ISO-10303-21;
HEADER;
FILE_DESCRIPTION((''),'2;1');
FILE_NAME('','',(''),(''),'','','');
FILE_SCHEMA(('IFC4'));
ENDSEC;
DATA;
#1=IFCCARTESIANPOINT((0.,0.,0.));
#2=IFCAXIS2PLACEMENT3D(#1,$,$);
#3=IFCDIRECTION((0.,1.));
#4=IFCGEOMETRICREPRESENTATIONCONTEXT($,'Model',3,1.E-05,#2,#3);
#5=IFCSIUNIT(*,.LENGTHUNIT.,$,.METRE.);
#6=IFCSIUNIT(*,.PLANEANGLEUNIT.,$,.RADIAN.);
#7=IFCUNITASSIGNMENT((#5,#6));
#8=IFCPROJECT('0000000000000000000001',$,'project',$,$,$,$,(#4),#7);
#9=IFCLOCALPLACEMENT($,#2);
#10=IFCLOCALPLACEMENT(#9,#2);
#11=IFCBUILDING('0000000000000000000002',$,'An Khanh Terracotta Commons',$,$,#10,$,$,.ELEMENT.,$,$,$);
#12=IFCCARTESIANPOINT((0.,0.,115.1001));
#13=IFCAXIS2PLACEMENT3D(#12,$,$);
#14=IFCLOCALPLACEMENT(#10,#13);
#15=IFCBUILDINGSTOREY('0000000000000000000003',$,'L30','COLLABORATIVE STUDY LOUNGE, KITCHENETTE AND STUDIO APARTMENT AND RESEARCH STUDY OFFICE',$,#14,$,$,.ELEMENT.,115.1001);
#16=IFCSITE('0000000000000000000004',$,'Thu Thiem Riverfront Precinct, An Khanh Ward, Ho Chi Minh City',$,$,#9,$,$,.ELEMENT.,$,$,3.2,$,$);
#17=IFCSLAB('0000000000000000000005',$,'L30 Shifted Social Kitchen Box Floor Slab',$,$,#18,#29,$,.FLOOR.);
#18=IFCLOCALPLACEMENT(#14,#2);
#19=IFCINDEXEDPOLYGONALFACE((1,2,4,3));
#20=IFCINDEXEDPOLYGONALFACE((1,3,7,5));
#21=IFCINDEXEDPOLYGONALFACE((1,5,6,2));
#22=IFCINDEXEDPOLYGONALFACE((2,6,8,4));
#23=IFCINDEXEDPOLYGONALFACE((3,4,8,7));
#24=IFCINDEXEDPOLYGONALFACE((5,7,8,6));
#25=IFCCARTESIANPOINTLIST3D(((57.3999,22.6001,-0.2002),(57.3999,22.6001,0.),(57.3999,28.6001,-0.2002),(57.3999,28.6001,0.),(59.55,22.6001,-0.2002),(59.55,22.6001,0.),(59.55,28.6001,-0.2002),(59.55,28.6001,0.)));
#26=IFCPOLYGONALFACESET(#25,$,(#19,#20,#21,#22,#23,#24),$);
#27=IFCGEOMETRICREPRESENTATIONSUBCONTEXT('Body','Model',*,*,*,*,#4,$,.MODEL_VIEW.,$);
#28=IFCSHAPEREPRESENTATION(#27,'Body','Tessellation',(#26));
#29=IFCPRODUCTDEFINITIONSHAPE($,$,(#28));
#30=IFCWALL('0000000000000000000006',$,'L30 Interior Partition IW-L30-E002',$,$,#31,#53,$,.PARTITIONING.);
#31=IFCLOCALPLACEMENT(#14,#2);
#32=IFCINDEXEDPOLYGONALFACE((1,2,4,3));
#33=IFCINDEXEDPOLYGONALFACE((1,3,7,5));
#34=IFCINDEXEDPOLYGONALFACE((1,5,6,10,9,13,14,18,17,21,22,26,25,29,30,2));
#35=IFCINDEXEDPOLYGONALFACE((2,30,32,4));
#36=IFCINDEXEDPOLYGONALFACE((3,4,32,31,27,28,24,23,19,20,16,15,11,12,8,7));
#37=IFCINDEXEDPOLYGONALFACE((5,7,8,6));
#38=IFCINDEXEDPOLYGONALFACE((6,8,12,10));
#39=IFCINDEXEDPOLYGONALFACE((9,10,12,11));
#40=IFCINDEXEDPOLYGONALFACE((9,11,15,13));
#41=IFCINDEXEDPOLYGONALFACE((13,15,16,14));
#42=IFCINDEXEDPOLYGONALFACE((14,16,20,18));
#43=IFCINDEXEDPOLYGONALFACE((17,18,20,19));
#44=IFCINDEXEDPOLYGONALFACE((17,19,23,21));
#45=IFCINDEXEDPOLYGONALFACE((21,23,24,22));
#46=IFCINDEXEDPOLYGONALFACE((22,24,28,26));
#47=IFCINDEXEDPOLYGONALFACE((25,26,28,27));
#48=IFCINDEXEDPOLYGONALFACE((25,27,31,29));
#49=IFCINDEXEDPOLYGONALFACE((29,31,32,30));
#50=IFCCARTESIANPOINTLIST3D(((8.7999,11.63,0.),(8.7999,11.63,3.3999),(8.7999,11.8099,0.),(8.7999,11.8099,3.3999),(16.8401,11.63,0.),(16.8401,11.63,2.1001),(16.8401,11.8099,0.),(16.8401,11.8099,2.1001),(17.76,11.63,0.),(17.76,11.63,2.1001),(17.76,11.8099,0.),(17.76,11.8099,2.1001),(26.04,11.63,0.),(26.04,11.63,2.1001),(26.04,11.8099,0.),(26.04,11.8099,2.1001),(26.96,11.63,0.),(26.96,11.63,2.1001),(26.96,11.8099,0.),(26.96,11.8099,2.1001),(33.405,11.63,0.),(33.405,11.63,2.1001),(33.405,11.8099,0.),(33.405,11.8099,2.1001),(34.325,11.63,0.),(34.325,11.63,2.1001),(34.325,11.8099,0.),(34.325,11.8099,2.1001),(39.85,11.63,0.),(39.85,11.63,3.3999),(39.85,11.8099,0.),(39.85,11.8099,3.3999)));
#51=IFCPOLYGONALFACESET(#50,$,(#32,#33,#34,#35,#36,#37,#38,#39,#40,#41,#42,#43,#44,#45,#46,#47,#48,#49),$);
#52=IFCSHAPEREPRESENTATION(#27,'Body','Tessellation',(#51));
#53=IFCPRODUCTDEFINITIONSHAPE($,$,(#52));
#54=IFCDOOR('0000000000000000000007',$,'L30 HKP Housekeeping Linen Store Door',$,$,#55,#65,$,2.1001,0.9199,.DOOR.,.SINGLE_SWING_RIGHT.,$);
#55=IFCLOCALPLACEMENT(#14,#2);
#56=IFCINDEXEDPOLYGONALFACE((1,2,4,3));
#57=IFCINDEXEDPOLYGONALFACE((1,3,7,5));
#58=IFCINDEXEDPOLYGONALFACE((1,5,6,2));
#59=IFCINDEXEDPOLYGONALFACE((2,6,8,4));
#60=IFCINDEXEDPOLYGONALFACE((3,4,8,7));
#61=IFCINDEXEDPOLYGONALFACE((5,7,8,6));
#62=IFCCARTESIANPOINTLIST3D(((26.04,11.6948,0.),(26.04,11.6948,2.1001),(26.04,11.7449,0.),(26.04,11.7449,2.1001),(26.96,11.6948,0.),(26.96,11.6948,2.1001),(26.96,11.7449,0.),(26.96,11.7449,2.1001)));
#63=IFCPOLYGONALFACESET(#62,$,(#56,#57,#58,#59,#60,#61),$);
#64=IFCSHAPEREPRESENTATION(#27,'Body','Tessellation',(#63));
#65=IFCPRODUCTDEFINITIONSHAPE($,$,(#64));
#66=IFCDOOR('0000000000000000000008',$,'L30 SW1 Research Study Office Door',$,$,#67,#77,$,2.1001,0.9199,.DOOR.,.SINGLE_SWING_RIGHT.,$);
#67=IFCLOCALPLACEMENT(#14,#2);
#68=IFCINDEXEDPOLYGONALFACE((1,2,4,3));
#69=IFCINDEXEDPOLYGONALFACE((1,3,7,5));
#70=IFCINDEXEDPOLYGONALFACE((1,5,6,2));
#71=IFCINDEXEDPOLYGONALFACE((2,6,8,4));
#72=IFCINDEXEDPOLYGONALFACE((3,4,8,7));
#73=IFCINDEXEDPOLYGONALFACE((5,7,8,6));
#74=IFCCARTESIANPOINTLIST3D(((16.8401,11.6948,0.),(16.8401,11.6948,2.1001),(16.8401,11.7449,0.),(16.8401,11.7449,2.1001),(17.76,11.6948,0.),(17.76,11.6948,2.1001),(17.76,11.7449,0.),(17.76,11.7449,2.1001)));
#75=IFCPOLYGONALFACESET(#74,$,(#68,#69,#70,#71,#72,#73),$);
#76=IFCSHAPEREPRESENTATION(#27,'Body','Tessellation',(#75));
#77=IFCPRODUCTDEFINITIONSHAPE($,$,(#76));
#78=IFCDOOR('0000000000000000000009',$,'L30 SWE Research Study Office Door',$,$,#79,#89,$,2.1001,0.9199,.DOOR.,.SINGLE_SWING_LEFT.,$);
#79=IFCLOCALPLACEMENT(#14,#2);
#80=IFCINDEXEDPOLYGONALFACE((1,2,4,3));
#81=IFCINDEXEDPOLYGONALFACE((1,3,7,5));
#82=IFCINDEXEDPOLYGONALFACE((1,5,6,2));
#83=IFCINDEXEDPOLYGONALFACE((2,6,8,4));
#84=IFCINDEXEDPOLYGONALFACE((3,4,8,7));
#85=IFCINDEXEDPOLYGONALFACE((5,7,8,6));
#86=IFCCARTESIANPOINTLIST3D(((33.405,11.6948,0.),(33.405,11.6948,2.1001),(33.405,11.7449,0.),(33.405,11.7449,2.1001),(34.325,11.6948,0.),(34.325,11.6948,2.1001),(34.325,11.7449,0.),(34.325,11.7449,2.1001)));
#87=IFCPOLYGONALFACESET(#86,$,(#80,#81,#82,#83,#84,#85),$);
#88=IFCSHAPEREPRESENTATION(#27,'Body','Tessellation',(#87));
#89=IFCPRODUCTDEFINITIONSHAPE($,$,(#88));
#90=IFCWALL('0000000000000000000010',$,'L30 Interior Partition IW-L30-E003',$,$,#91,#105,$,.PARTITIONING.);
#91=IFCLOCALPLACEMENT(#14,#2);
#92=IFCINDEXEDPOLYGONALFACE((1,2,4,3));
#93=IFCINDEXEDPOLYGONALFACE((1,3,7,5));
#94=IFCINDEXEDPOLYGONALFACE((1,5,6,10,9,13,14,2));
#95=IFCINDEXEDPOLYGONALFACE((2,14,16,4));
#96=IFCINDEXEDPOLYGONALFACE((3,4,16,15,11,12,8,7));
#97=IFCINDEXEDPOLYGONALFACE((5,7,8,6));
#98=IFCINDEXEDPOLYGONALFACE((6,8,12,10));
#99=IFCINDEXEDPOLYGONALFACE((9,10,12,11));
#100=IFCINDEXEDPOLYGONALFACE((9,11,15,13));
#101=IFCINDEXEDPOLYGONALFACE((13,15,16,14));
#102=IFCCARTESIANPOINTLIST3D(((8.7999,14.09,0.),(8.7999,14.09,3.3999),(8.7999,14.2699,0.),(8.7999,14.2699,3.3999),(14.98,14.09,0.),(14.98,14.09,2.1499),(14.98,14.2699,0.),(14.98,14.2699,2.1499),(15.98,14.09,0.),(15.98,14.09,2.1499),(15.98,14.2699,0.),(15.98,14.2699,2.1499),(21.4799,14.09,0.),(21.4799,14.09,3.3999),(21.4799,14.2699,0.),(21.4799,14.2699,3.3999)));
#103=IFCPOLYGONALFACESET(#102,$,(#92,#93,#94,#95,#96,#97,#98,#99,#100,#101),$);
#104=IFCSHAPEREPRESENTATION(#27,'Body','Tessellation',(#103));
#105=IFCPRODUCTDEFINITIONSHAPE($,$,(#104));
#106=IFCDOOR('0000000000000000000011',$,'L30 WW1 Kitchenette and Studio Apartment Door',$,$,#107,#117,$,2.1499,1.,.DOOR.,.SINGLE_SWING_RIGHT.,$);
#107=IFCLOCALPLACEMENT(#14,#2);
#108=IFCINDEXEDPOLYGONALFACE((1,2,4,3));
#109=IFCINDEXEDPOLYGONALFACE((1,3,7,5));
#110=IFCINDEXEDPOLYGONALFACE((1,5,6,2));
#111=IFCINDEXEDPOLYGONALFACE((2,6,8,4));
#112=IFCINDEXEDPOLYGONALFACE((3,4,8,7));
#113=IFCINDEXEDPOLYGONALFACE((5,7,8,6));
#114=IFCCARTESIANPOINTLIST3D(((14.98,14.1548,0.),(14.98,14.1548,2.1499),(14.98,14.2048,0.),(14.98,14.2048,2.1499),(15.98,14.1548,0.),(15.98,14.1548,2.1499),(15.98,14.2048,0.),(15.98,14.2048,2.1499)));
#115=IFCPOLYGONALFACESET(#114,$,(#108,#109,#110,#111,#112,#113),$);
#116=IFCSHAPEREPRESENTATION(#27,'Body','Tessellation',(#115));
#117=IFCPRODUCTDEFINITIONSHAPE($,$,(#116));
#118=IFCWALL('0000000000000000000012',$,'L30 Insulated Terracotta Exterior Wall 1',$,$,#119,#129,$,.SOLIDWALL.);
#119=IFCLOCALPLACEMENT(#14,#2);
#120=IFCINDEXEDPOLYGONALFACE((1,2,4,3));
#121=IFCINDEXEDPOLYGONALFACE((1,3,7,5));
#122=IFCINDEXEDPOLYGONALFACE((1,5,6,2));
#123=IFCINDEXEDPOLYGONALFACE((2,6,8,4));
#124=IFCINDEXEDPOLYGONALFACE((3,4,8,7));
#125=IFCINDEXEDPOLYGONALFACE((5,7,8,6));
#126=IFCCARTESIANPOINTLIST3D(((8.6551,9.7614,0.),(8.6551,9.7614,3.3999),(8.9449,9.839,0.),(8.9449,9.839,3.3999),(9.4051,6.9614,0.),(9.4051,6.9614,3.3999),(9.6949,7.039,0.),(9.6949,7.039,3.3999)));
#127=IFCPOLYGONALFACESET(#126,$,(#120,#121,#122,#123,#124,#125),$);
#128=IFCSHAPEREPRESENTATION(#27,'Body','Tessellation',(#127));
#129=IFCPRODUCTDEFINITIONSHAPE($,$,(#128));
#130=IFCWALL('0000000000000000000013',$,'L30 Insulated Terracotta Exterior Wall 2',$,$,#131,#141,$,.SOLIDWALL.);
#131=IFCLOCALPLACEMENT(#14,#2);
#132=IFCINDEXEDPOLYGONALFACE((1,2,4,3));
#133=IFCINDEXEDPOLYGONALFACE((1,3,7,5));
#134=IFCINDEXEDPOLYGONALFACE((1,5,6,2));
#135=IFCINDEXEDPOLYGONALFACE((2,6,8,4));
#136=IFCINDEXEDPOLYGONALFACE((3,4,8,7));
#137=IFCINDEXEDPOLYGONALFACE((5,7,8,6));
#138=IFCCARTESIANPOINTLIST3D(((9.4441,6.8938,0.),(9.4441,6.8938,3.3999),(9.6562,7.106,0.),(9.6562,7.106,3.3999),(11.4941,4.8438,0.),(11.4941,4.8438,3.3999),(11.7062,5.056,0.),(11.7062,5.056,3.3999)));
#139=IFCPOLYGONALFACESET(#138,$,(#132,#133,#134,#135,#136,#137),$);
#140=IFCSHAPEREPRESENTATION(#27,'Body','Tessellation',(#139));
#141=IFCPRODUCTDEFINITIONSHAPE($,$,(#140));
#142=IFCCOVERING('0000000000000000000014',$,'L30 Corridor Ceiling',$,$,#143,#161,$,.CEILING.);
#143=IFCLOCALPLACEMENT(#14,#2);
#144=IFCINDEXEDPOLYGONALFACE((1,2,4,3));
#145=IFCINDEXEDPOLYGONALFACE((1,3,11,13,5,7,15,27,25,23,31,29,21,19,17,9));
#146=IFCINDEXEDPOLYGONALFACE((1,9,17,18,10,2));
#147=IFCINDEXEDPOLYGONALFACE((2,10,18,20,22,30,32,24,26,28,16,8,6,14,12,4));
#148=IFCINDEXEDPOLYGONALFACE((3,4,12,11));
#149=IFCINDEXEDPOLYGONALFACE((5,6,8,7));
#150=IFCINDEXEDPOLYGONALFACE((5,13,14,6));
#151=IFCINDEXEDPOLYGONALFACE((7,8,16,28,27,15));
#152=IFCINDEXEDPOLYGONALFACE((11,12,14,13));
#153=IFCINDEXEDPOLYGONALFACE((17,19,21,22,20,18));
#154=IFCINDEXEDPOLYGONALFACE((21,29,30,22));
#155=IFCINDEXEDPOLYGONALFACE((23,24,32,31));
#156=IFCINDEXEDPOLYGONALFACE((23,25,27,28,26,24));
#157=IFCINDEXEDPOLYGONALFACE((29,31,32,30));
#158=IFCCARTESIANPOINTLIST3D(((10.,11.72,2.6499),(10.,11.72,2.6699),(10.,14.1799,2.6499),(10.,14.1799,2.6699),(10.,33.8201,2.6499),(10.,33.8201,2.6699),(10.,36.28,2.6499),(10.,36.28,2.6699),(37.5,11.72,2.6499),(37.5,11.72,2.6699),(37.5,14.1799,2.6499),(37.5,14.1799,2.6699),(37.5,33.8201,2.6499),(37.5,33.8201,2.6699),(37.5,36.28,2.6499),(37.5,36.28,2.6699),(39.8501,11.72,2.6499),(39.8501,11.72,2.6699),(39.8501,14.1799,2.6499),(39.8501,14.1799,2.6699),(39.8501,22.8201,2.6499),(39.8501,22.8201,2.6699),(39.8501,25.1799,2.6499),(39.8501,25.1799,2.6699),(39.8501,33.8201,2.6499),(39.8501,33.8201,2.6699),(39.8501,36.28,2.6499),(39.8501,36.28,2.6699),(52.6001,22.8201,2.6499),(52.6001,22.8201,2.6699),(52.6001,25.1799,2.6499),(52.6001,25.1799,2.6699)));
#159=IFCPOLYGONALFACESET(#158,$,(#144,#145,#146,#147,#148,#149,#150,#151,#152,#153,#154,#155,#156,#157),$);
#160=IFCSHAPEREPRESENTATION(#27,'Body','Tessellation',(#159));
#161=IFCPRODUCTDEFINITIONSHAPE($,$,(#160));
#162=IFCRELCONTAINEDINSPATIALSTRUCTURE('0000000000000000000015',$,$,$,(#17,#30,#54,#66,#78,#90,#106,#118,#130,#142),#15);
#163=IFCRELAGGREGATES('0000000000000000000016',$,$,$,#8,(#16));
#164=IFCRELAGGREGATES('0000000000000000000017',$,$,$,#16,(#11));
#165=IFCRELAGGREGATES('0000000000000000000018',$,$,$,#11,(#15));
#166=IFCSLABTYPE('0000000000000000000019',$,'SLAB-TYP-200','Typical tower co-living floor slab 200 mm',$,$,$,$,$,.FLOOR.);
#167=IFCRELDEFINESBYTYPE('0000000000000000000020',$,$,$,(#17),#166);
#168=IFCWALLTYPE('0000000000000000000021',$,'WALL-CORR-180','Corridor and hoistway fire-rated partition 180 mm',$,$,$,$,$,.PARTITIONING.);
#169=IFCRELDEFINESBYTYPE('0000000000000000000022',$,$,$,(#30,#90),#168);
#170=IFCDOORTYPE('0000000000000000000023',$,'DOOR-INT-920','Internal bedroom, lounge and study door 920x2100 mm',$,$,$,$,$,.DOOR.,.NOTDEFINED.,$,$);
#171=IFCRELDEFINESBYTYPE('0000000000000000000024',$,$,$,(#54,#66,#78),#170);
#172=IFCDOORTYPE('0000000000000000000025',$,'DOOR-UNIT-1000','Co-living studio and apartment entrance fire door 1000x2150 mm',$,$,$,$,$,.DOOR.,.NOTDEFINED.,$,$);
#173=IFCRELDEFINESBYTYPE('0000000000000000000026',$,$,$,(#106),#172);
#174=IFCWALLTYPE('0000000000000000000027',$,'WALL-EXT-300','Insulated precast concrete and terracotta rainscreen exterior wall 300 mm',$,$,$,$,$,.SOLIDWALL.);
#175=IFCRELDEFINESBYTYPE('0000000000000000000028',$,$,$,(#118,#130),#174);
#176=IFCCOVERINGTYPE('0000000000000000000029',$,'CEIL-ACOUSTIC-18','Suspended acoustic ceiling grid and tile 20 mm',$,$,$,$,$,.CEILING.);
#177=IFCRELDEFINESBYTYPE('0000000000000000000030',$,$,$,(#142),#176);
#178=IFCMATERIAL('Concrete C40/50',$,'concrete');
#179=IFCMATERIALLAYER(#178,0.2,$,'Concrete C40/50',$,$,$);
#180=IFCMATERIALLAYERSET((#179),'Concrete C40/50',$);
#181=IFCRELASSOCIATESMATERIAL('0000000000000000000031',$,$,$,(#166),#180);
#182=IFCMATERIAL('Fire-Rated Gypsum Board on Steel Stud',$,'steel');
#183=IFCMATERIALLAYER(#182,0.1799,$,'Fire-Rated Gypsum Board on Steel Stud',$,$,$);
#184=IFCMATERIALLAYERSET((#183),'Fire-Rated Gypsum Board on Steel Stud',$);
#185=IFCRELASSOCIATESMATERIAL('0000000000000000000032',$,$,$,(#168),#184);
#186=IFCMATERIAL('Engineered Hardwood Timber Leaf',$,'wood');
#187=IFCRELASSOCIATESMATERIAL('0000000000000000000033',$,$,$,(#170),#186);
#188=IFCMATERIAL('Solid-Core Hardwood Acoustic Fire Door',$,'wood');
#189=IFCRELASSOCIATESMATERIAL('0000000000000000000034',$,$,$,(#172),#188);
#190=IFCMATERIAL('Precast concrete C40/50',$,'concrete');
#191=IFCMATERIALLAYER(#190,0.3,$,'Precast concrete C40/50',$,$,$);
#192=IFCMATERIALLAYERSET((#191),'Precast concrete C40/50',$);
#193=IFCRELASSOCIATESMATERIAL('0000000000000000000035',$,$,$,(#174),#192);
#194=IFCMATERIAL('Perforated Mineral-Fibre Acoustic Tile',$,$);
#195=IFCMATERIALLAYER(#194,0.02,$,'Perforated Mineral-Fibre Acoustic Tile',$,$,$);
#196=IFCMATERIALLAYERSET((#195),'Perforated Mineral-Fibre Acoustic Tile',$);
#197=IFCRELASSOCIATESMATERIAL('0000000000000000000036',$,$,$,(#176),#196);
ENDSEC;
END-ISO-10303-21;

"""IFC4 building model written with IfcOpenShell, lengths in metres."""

from ifc_helpers import new_model, si_unit, direction, frame, frame_2d, origin, place, context, subcontext, project, spatial, polyline, rectangle, outline, extrude, material, layer, layer_set, type_object, element, fill, save


model = new_model("IFC4")

# Units and contexts
model_context = context("Model", 3, precision=1e-05, world=origin(), true_north=direction((0.0, 1.0)))
body_context = subcontext(model_context, "Body", "Model", "MODEL_VIEW")
ifc_project = project(units=[si_unit("LENGTHUNIT", "METRE"), si_unit("PLANEANGLEUNIT", "RADIAN")], contexts=[model_context])

# Site, building, storey
site_placement = place(None, origin())
site = spatial("IfcSite", under=ifc_project, at=site_placement, Name="Thu Thiem Riverfront Precinct, An Khanh Ward, Ho Chi Minh City", CompositionType="ELEMENT", RefElevation=3.2)
building_placement = place(site_placement, origin())
building = spatial("IfcBuilding", under=site, at=building_placement, Name="An Khanh Terracotta Commons", CompositionType="ELEMENT")
storey_placement = place(building_placement, frame((0.0, 0.0, 115.1001)))
storey = spatial("IfcBuildingStorey", under=building, at=storey_placement, Name="L30", Description="COLLABORATIVE STUDY LOUNGE, KITCHENETTE AND STUDIO APARTMENT AND RESEARCH STUDY OFFICE", CompositionType="ELEMENT", Elevation=115.1001)

# Shared definitions
ifc_material_1 = material(Name="Concrete C40/50", Category="concrete")

# Shared definitions
ifc_material_2 = material(Name="Precast concrete C40/50", Category="concrete")

# Slab
ifc_layer_1 = layer(ifc_material_1, 0.2, Name="Concrete C40/50")
ifc_layer_set_1 = layer_set([ifc_layer_1], Name="Concrete C40/50")
slab_type_1 = type_object("IfcSlabType", Name="SLAB-TYP-200", Description="Typical tower co-living floor slab 200 mm", PredefinedType="FLOOR", material=ifc_layer_set_1)
slab_1_placement = place(storey_placement, frame((0.0, 0.0, -0.2002)))
element("IfcSlab", 1, at=slab_1_placement, inside=storey, type_object=slab_type_1, Name="L30 Shifted Social Kitchen Box Floor Slab", PredefinedType="FLOOR", context=body_context, shape_type="SweptSolid", body=[
    extrude(outline(polyline([(57.3999, 22.6001), (59.55, 22.6001), (59.55, 28.6001), (57.3999, 28.6001), (57.3999, 22.6001)])), origin(), (0.0, 0.0, 1.0), 0.2002),
])

# Wall, openings, doors
ifc_material_3 = material(Name="Fire-Rated Gypsum Board on Steel Stud", Category="steel")
ifc_layer_2 = layer(ifc_material_3, 0.1799, Name="Fire-Rated Gypsum Board on Steel Stud")
ifc_layer_set_2 = layer_set([ifc_layer_2], Name="Fire-Rated Gypsum Board on Steel Stud")
wall_type_1 = type_object("IfcWallType", Name="WALL-CORR-180", Description="Corridor and hoistway fire-rated partition 180 mm", PredefinedType="PARTITIONING", material=ifc_layer_set_2)
wall_1_placement = place(storey_placement, frame((8.8, 11.72, 0.0), z_axis=(0.0, 0.0, 1.0), x_axis=(1.0, 0.0, 0.0)))
wall_1 = element("IfcWall", 2, at=wall_1_placement, inside=storey, type_object=wall_type_1, Name="L30 Interior Partition IW-L30-E002", PredefinedType="PARTITIONING", context=body_context, shape_type="SweptSolid", body=[
    extrude(rectangle(XDim=31.05, YDim=0.1799, at=frame_2d((15.5249, 0.0))), origin(), (0.0, 0.0, 1.0), 3.3999),
])
opening_1_placement = place(wall_1_placement, frame((17.24, 0.0, 0.0)))
opening_1 = element("IfcOpeningElement", 3, at=opening_1_placement, cuts=wall_1, PredefinedType="OPENING", context=body_context, shape_type="SweptSolid", body=[
    extrude(rectangle(XDim=0.9199, YDim=2.1001, at=frame_2d((0.46, 1.05))), frame((0.0, 0.0999, 0.0), z_axis=(0.0, -1.0, 0.0), x_axis=(1.0, 0.0, 0.0)), (0.0, 0.0, 1.0), 0.2),
])
opening_2_placement = place(wall_1_placement, frame((8.04, 0.0, 0.0)))
opening_2 = element("IfcOpeningElement", 4, at=opening_2_placement, cuts=wall_1, PredefinedType="OPENING", context=body_context, shape_type="SweptSolid", body=[
    extrude(rectangle(XDim=0.9199, YDim=2.1001, at=frame_2d((0.46, 1.05))), frame((0.0, 0.0999, 0.0), z_axis=(0.0, -1.0, 0.0), x_axis=(1.0, 0.0, 0.0)), (0.0, 0.0, 1.0), 0.2),
])
opening_3_placement = place(wall_1_placement, frame((24.605, 0.0, 0.0)))
opening_3 = element("IfcOpeningElement", 5, at=opening_3_placement, cuts=wall_1, PredefinedType="OPENING", context=body_context, shape_type="SweptSolid", body=[
    extrude(rectangle(XDim=0.9199, YDim=2.1001, at=frame_2d((0.46, 1.05))), frame((0.0, 0.0999, 0.0), z_axis=(0.0, -1.0, 0.0), x_axis=(1.0, 0.0, 0.0)), (0.0, 0.0, 1.0), 0.2),
])
ifc_material_4 = material(Name="Engineered Hardwood Timber Leaf", Category="wood")
door_type_1 = type_object("IfcDoorType", Name="DOOR-INT-920", Description="Internal bedroom, lounge and study door 920x2100 mm", OperationType="NOTDEFINED", PredefinedType="DOOR", material=ifc_material_4)
door_1_placement = place(opening_1_placement, origin())
door_1 = element("IfcDoor", 6, at=door_1_placement, inside=storey, type_object=door_type_1, Name="L30 HKP Housekeeping Linen Store Door", OperationType="SINGLE_SWING_RIGHT", OverallHeight=2.1001, OverallWidth=0.9199, PredefinedType="DOOR", context=body_context, shape_type="SweptSolid", body=[
    extrude(rectangle(XDim=0.9199, YDim=2.1001, at=frame_2d((0.46, 1.05))), frame((0.0, 0.0249, 0.0), z_axis=(0.0, -1.0, 0.0), x_axis=(1.0, 0.0, 0.0)), (0.0, 0.0, 1.0), 0.05),
])
fill(opening_1, door_1)
door_2_placement = place(opening_2_placement, origin())
door_2 = element("IfcDoor", 7, at=door_2_placement, inside=storey, type_object=door_type_1, Name="L30 SW1 Research Study Office Door", OperationType="SINGLE_SWING_RIGHT", OverallHeight=2.1001, OverallWidth=0.9199, PredefinedType="DOOR", context=body_context, shape_type="SweptSolid", body=[
    extrude(rectangle(XDim=0.9199, YDim=2.1001, at=frame_2d((0.46, 1.05))), frame((0.0, 0.0249, 0.0), z_axis=(0.0, -1.0, 0.0), x_axis=(1.0, 0.0, 0.0)), (0.0, 0.0, 1.0), 0.05),
])
fill(opening_2, door_2)
door_3_placement = place(opening_3_placement, origin())
door_3 = element("IfcDoor", 8, at=door_3_placement, inside=storey, type_object=door_type_1, Name="L30 SWE Research Study Office Door", OperationType="SINGLE_SWING_LEFT", OverallHeight=2.1001, OverallWidth=0.9199, PredefinedType="DOOR", context=body_context, shape_type="SweptSolid", body=[
    extrude(rectangle(XDim=0.9199, YDim=2.1001, at=frame_2d((0.46, 1.05))), frame((0.0, 0.0249, 0.0), z_axis=(0.0, -1.0, 0.0), x_axis=(1.0, 0.0, 0.0)), (0.0, 0.0, 1.0), 0.05),
])
fill(opening_3, door_3)

# Wall, opening, door
wall_2_placement = place(storey_placement, frame((8.8, 14.1799, 0.0), z_axis=(0.0, 0.0, 1.0), x_axis=(1.0, 0.0, 0.0)))
wall_2 = element("IfcWall", 9, at=wall_2_placement, inside=storey, type_object=wall_type_1, Name="L30 Interior Partition IW-L30-E003", PredefinedType="PARTITIONING", context=body_context, shape_type="SweptSolid", body=[
    extrude(rectangle(XDim=12.6799, YDim=0.1799, at=frame_2d((6.3398, 0.0))), origin(), (0.0, 0.0, 1.0), 3.3999),
])
opening_4_placement = place(wall_2_placement, frame((6.1799, 0.0, 0.0)))
opening_4 = element("IfcOpeningElement", 10, at=opening_4_placement, cuts=wall_2, PredefinedType="OPENING", context=body_context, shape_type="SweptSolid", body=[
    extrude(rectangle(XDim=1.0, YDim=2.1499, at=frame_2d((0.5, 1.075))), frame((0.0, 0.0999, 0.0), z_axis=(0.0, -1.0, 0.0), x_axis=(1.0, 0.0, 0.0)), (0.0, 0.0, 1.0), 0.2),
])
ifc_material_5 = material(Name="Solid-Core Hardwood Acoustic Fire Door", Category="wood")
door_type_2 = type_object("IfcDoorType", Name="DOOR-UNIT-1000", Description="Co-living studio and apartment entrance fire door 1000x2150 mm", OperationType="NOTDEFINED", PredefinedType="DOOR", material=ifc_material_5)
door_4_placement = place(opening_4_placement, origin())
door_4 = element("IfcDoor", 11, at=door_4_placement, inside=storey, type_object=door_type_2, Name="L30 WW1 Kitchenette and Studio Apartment Door", OperationType="SINGLE_SWING_RIGHT", OverallHeight=2.1499, OverallWidth=1.0, PredefinedType="DOOR", context=body_context, shape_type="SweptSolid", body=[
    extrude(rectangle(XDim=1.0, YDim=2.1499, at=frame_2d((0.5, 1.075))), frame((0.0, 0.0249, 0.0), z_axis=(0.0, -1.0, 0.0), x_axis=(1.0, 0.0, 0.0)), (0.0, 0.0, 1.0), 0.05),
])
fill(opening_4, door_4)

# Walls
ifc_layer_3 = layer(ifc_material_2, 0.3, Name="Precast concrete C40/50")
ifc_layer_set_3 = layer_set([ifc_layer_3], Name="Precast concrete C40/50")
wall_type_2 = type_object("IfcWallType", Name="WALL-EXT-300", Description="Insulated precast concrete and terracotta rainscreen exterior wall 300 mm", PredefinedType="SOLIDWALL", material=ifc_layer_set_3)
wall_3_placement = place(storey_placement, frame((8.8, 9.8, 0.0), z_axis=(0.0, 0.0, 1.0), x_axis=(0.258732, -0.965949, 0.0)))
element("IfcWall", 12, at=wall_3_placement, inside=storey, type_object=wall_type_2, Name="L30 Insulated Terracotta Exterior Wall 1", PredefinedType="SOLIDWALL", context=body_context, shape_type="SweptSolid", body=[
    extrude(rectangle(XDim=2.8987, YDim=0.3, at=frame_2d((1.4492, 0.0))), origin(), (0.0, 0.0, 1.0), 3.3999),
])
wall_4_placement = place(storey_placement, frame((9.55, 7.0, 0.0), z_axis=(0.0, 0.0, 1.0), x_axis=(0.707107, -0.707107, 0.0)))
element("IfcWall", 13, at=wall_4_placement, inside=storey, type_object=wall_type_2, Name="L30 Insulated Terracotta Exterior Wall 2", PredefinedType="SOLIDWALL", context=body_context, shape_type="SweptSolid", body=[
    extrude(rectangle(XDim=2.8992, YDim=0.3, at=frame_2d((1.4497, 0.0))), origin(), (0.0, 0.0, 1.0), 3.3999),
])

# Covering
ifc_material_6 = material(Name="Perforated Mineral-Fibre Acoustic Tile")
ifc_layer_4 = layer(ifc_material_6, 0.02, Name="Perforated Mineral-Fibre Acoustic Tile")
ifc_layer_set_4 = layer_set([ifc_layer_4], Name="Perforated Mineral-Fibre Acoustic Tile")
covering_type = type_object("IfcCoveringType", Name="CEIL-ACOUSTIC-18", Description="Suspended acoustic ceiling grid and tile 20 mm", PredefinedType="CEILING", material=ifc_layer_set_4)
covering_1_placement = place(storey_placement, frame((0.0, 0.0, 2.6499)))
element("IfcCovering", 14, at=covering_1_placement, inside=storey, type_object=covering_type, Name="L30 Corridor Ceiling", PredefinedType="CEILING", context=body_context, shape_type="SweptSolid", body=[
    extrude(outline(polyline([(10.0, 11.72), (10.0, 14.1799), (37.5, 14.1799), (37.5, 33.8201), (10.0, 33.8201), (10.0, 36.28), (37.5, 36.28), (39.8501, 36.28), (39.8501, 33.8201), (39.8501, 25.1799), (52.6001, 25.1799), (52.6001, 22.8201), (39.8501, 22.8201), (39.8501, 14.1799), (39.8501, 11.72), (37.5, 11.72), (10.0, 11.72)])), origin(), (0.0, 0.0, 1.0), 0.02),
])

save(model, "model.ifc")
